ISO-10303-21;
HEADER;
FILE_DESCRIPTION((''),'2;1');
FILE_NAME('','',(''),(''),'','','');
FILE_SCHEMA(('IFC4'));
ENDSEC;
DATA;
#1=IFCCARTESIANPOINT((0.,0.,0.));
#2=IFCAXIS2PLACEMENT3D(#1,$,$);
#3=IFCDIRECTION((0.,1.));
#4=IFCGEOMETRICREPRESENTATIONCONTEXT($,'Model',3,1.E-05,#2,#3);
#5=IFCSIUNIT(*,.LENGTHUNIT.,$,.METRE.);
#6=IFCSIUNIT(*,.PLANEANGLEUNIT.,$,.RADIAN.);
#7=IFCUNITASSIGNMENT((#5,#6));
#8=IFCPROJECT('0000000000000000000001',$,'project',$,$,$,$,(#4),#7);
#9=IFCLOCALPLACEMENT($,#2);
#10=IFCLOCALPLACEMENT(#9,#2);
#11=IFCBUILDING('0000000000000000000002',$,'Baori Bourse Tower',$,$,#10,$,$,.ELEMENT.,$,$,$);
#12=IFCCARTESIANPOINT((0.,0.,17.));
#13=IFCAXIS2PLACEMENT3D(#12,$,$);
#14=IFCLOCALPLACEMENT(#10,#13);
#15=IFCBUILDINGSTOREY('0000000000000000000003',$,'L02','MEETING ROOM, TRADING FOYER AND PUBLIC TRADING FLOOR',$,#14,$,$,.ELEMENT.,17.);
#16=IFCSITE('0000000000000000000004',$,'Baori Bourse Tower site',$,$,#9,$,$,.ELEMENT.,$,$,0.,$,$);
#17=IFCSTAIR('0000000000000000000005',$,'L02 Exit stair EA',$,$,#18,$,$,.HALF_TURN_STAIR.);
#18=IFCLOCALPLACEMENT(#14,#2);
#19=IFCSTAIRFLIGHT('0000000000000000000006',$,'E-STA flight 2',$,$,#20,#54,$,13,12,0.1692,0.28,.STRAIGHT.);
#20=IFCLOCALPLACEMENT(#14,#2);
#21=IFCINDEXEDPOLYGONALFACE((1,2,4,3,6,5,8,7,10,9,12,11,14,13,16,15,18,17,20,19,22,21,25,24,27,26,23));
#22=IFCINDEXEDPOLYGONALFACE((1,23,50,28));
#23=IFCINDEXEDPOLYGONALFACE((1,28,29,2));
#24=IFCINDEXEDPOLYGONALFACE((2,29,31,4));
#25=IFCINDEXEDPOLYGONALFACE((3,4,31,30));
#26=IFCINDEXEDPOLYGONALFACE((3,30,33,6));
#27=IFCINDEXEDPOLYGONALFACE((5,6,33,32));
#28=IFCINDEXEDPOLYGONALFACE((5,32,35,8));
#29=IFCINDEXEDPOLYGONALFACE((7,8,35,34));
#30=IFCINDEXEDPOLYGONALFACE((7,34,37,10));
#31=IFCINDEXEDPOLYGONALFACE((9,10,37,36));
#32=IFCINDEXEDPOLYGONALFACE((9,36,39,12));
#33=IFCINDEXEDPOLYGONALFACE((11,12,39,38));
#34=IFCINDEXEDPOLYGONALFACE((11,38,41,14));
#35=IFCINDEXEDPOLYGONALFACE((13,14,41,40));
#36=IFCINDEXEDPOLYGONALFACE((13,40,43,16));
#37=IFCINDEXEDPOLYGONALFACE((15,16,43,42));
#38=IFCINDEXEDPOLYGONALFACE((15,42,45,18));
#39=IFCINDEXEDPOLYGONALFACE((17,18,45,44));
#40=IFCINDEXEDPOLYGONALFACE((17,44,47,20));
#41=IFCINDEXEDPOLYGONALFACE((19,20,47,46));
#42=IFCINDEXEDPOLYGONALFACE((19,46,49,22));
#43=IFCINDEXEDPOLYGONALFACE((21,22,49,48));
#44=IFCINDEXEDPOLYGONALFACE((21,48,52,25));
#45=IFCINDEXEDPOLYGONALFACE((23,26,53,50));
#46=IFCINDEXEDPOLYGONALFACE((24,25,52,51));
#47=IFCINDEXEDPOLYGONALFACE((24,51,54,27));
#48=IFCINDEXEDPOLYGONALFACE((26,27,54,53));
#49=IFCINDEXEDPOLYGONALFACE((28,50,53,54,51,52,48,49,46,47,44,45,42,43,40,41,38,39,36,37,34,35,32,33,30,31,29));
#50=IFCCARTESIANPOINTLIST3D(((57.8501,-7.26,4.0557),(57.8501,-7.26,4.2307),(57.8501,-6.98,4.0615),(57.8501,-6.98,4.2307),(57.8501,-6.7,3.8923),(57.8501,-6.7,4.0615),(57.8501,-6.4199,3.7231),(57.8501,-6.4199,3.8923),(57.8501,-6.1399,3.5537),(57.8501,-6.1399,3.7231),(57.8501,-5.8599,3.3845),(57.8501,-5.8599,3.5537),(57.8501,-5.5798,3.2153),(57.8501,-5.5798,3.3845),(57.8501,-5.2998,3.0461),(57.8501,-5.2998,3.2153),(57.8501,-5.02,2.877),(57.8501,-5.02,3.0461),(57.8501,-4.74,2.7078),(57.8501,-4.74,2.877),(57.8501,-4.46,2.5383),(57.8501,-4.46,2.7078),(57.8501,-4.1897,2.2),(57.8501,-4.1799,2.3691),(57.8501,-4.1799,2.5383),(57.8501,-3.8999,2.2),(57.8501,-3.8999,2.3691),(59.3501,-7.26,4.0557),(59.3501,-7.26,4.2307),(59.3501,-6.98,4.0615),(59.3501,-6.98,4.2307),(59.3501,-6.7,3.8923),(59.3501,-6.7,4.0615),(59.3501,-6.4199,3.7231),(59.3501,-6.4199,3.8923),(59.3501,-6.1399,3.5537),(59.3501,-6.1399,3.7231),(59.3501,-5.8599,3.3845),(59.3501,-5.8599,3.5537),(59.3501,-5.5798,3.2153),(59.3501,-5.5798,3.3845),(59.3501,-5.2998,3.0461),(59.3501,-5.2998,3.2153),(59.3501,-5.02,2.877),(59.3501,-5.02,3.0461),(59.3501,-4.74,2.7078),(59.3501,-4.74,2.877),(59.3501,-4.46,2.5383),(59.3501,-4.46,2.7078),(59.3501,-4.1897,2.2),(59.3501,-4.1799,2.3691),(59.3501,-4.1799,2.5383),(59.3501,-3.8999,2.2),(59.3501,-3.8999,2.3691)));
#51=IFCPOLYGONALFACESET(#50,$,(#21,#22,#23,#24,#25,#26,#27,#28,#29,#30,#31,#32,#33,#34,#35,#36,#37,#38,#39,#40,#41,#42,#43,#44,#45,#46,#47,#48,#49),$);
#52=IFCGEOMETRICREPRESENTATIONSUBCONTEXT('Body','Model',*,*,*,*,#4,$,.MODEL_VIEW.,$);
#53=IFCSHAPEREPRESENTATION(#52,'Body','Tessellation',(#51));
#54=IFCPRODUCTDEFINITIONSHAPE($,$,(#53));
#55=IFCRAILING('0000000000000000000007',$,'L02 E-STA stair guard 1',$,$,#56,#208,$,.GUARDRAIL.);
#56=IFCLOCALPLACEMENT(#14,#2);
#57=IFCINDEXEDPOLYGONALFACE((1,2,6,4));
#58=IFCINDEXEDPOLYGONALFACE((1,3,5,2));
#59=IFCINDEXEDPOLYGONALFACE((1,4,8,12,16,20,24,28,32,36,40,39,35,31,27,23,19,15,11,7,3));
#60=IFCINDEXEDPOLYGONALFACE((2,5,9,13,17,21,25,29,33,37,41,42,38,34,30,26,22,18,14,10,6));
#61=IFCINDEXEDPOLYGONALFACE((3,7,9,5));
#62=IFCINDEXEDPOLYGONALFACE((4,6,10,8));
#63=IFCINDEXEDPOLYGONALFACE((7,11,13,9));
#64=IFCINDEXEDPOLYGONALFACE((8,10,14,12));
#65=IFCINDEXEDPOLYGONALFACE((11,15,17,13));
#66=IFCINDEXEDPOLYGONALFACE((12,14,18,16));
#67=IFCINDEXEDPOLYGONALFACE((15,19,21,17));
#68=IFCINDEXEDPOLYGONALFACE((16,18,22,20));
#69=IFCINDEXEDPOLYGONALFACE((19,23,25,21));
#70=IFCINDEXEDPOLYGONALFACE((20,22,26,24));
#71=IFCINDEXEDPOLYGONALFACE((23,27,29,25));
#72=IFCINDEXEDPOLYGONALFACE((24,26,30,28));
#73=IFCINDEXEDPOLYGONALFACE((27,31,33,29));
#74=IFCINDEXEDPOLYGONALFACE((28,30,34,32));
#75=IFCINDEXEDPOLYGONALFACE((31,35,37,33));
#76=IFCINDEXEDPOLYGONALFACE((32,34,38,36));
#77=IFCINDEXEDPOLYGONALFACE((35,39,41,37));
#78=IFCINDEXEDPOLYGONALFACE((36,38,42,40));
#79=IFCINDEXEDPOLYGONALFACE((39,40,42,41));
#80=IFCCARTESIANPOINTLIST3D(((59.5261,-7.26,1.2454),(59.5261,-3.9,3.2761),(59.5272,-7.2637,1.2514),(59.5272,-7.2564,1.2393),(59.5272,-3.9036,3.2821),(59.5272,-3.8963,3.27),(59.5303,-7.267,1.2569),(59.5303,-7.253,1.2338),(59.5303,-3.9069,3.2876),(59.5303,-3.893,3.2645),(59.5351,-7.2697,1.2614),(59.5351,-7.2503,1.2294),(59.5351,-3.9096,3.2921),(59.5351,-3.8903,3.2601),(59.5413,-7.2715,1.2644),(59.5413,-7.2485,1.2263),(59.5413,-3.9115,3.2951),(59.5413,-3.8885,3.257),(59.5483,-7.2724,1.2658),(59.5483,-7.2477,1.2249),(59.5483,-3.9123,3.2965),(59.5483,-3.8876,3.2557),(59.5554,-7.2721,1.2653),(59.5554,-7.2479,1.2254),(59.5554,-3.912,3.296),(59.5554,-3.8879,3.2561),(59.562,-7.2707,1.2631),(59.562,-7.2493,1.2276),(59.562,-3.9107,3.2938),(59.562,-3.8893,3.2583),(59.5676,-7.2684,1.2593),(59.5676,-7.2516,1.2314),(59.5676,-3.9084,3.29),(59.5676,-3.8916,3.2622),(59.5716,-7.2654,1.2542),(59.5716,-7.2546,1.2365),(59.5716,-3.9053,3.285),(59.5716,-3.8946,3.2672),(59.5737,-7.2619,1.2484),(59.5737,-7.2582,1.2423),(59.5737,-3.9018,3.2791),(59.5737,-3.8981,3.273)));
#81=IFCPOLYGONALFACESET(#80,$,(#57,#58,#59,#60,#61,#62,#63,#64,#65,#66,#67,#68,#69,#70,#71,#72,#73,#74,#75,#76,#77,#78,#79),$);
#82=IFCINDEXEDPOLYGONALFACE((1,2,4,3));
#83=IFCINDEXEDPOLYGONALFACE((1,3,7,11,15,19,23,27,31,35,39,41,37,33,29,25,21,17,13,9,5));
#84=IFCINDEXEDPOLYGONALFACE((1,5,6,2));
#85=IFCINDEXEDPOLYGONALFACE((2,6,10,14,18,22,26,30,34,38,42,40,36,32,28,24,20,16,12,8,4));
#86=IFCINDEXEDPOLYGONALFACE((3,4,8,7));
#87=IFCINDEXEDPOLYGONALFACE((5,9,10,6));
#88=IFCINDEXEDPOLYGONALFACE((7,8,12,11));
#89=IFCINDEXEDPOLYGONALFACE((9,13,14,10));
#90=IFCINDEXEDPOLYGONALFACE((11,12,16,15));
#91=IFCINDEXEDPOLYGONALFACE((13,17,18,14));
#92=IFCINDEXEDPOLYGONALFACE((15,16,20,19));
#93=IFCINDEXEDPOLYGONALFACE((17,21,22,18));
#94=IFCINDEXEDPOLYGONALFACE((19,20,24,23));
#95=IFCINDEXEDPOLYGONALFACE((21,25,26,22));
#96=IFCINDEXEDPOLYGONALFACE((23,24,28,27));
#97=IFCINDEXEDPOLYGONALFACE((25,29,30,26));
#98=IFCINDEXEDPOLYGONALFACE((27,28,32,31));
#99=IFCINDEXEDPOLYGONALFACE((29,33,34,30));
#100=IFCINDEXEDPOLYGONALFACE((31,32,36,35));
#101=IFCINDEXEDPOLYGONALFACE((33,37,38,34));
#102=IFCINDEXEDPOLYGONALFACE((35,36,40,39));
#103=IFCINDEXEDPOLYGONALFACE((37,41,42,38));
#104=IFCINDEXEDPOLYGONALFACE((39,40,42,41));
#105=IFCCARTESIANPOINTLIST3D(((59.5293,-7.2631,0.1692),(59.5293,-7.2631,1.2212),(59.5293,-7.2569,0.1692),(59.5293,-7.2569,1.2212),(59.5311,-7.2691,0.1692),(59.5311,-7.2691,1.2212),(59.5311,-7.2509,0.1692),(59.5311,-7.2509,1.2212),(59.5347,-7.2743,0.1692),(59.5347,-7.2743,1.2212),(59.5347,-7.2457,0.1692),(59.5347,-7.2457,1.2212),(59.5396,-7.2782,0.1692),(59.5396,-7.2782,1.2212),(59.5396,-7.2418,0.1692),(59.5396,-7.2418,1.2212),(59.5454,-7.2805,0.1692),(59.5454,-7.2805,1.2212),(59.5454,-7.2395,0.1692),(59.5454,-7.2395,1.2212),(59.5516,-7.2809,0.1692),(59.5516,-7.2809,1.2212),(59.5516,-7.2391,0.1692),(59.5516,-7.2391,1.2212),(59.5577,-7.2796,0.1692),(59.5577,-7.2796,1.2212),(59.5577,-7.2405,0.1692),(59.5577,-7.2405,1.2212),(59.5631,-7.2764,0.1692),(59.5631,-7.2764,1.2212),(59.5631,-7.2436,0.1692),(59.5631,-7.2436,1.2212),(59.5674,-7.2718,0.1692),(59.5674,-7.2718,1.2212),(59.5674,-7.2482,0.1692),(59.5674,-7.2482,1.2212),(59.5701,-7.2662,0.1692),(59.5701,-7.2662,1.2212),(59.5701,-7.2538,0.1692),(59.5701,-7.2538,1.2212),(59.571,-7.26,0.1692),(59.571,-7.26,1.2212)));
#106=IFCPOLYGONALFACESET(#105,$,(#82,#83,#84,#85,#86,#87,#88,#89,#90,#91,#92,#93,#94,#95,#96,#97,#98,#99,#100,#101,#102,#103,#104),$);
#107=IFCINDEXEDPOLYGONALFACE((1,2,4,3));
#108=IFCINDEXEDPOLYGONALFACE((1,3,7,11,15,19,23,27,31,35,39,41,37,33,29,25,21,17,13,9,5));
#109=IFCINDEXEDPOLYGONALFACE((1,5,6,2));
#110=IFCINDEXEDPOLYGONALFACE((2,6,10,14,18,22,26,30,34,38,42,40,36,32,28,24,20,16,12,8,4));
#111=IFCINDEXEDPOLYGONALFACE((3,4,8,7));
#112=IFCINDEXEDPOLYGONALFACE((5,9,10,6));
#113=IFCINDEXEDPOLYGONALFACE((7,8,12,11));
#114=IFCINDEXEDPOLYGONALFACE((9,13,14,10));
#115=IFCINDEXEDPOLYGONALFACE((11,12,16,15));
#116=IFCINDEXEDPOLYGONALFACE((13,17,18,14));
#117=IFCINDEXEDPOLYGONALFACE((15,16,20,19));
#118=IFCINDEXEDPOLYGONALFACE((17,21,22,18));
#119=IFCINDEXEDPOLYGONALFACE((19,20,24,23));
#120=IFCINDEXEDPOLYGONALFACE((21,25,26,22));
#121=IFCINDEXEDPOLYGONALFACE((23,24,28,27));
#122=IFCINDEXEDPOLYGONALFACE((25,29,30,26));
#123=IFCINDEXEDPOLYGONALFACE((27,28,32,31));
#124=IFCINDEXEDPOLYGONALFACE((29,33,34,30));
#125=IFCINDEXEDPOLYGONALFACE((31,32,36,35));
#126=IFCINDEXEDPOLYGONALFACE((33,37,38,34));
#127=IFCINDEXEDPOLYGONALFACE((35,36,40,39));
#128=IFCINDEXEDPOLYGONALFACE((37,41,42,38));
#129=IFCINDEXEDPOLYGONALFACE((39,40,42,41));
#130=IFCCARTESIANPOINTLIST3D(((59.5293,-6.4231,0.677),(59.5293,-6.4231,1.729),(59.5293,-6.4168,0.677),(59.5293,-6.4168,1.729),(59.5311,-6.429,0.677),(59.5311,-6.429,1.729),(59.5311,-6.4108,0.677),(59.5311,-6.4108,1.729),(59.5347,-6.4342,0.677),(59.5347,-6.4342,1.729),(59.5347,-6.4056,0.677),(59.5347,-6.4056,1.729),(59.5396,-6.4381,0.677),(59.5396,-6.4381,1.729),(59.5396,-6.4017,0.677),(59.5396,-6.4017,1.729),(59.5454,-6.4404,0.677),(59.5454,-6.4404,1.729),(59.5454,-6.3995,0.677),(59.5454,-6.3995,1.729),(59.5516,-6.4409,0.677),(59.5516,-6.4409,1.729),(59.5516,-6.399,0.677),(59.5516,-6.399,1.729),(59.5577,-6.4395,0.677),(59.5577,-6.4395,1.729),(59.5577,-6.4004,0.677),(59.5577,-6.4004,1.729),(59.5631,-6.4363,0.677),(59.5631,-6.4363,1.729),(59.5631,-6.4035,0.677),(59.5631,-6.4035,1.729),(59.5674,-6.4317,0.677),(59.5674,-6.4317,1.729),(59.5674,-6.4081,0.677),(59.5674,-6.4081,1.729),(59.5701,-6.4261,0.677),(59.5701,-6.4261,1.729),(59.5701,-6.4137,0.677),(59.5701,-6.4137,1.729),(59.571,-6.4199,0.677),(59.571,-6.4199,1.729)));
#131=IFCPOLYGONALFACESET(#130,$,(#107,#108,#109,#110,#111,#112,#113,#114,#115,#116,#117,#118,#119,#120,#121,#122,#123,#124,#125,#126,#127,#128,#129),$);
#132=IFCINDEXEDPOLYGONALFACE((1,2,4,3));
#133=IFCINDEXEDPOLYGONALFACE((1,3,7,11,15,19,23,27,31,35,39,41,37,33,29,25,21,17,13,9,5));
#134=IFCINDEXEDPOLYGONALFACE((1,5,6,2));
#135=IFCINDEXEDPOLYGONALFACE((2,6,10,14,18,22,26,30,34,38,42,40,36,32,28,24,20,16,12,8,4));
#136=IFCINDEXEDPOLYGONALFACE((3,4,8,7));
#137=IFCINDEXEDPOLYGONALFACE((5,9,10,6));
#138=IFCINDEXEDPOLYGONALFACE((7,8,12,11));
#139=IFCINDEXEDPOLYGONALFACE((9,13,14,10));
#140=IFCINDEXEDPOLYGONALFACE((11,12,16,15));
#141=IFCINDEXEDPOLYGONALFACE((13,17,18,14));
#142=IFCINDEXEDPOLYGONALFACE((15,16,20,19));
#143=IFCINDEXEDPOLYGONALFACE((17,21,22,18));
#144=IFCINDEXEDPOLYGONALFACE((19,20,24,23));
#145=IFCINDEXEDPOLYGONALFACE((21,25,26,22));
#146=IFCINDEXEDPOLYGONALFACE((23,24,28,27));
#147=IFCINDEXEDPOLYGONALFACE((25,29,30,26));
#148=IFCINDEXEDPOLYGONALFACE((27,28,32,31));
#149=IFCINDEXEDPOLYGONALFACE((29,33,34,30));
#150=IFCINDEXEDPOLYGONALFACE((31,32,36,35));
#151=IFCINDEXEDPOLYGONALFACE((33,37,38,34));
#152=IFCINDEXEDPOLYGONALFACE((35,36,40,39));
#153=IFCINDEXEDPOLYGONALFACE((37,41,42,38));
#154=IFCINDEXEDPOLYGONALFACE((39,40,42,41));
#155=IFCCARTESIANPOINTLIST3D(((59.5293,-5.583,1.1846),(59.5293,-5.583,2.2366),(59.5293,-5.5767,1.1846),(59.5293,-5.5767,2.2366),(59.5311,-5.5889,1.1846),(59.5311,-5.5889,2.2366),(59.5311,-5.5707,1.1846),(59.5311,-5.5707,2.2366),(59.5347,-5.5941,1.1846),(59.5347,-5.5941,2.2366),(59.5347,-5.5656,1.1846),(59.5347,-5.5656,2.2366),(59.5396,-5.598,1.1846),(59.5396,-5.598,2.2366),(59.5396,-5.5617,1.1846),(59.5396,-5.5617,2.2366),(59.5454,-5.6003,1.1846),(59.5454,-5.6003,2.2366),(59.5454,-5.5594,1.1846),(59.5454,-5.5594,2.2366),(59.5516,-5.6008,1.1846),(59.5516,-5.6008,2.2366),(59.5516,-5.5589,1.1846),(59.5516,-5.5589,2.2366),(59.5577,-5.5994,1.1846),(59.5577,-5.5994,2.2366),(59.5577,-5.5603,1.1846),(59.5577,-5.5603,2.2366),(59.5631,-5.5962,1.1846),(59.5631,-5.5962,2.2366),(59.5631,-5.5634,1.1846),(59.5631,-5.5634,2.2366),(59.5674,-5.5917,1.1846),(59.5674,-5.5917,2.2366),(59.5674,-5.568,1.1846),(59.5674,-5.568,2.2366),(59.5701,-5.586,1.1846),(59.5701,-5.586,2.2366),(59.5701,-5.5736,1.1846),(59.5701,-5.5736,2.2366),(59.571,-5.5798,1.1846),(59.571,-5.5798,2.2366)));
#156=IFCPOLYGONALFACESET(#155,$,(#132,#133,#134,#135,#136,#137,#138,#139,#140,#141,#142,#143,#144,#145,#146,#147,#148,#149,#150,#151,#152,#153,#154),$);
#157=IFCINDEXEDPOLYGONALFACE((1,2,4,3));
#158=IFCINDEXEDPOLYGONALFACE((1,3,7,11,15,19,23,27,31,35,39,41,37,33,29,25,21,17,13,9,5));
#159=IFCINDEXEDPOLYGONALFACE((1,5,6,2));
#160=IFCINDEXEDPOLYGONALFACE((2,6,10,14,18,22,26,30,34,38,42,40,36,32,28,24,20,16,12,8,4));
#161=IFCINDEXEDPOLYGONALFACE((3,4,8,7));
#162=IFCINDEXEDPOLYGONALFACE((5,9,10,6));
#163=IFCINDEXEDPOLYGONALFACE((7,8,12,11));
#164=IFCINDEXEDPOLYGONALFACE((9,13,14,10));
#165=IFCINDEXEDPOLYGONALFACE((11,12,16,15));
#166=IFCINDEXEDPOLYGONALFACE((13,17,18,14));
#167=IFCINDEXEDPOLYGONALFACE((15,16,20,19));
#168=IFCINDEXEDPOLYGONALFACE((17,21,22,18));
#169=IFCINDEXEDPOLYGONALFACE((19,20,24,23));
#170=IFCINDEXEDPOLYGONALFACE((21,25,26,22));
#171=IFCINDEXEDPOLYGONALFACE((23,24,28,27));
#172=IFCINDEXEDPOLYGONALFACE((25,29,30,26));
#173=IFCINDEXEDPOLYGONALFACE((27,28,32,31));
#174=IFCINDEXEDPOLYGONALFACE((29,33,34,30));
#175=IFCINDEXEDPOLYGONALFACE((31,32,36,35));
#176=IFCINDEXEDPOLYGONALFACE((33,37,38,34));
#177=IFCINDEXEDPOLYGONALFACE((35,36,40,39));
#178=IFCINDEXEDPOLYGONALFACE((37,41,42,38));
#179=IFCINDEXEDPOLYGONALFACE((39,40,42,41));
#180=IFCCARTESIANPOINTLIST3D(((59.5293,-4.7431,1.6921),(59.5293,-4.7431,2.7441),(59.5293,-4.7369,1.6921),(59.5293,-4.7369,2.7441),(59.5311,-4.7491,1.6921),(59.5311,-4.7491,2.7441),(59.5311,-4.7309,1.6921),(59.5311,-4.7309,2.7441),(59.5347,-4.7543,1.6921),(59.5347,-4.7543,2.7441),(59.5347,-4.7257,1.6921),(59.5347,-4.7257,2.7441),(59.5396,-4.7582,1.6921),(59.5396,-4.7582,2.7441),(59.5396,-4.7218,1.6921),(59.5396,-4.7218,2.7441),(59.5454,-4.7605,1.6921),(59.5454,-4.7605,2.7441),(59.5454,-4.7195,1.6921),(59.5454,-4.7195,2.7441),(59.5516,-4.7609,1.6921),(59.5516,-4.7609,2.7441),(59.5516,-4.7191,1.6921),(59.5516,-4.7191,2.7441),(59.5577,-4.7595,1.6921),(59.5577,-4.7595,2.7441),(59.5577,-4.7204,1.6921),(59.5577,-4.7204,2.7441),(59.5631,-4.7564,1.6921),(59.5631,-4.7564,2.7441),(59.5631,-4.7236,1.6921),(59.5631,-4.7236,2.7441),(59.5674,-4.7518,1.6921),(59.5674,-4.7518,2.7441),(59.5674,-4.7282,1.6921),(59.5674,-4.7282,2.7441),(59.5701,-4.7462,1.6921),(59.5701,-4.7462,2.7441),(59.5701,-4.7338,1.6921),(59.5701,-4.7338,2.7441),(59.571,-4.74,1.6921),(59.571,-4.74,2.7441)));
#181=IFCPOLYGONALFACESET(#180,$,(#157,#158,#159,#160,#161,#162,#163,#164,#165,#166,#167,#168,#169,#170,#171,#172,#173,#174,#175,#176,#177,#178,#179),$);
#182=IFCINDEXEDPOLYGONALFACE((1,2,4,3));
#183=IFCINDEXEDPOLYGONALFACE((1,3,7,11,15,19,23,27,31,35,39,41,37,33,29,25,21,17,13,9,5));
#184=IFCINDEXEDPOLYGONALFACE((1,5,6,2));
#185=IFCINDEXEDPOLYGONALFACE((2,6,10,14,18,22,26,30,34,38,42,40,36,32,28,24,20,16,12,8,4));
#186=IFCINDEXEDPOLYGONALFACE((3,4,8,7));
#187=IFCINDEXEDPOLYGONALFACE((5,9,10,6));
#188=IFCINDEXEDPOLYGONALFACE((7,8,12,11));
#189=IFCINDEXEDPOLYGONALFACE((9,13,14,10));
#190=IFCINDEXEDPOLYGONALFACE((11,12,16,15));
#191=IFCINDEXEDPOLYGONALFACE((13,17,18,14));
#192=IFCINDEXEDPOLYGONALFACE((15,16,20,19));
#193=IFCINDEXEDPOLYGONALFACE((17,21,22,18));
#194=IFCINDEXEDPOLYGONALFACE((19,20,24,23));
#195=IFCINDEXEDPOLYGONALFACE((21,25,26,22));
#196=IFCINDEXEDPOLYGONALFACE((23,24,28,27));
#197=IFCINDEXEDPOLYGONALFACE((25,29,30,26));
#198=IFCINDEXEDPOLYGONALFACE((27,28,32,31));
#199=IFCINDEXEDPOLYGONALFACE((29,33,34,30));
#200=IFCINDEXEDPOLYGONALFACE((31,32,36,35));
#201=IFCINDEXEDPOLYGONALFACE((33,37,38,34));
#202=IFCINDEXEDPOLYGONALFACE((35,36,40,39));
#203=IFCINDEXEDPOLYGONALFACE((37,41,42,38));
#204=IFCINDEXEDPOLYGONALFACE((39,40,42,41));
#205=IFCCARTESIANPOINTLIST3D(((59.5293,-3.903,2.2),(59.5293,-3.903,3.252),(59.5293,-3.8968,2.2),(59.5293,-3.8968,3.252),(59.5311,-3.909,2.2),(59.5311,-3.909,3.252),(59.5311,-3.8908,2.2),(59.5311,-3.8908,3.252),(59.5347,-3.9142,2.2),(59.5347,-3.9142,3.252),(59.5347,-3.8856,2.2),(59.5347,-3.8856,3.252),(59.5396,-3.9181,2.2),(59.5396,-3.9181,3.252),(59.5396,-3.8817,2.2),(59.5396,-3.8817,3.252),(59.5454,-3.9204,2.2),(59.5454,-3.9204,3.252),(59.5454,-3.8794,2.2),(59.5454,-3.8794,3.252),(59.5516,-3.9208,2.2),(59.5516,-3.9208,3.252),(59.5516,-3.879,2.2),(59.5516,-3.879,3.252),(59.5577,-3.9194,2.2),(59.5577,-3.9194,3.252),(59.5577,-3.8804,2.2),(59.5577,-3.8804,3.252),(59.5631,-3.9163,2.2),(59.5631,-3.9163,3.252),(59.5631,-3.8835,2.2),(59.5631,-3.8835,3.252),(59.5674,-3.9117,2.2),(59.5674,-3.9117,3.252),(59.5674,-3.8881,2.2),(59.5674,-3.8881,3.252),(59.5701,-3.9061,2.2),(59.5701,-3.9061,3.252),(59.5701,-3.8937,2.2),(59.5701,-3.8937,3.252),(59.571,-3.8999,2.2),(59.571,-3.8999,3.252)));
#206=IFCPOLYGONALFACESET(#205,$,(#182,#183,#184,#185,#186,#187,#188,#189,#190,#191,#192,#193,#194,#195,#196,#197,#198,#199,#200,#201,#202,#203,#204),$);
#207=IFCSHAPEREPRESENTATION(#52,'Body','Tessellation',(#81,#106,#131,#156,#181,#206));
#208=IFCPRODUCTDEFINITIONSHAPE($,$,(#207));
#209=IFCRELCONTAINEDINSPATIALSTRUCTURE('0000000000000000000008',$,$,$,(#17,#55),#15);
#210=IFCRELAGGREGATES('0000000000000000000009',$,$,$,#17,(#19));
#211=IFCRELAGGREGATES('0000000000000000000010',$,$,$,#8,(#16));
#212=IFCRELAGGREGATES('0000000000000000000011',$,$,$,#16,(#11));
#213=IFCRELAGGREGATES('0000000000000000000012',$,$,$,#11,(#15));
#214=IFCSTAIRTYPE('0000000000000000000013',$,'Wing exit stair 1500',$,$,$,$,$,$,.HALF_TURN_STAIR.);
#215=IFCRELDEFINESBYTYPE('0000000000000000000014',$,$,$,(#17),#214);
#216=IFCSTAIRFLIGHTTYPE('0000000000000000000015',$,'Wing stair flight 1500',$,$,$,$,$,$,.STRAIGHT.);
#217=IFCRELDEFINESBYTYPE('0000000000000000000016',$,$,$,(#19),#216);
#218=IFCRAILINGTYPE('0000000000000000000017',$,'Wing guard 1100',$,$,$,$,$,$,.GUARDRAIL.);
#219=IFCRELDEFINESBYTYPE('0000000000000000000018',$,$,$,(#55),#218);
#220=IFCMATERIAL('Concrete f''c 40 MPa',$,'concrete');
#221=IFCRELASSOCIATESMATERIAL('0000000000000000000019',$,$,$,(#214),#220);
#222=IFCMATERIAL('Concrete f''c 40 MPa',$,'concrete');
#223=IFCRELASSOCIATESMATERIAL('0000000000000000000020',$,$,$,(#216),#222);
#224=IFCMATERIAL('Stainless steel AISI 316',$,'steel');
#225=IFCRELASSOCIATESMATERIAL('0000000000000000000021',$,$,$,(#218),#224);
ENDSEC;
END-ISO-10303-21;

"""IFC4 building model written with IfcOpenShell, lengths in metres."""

from ifc_helpers import new_model, si_unit, direction, frame, origin, origin_2d, place, context, subcontext, project, spatial, polyline, circle, outline, extrude, material, type_object, element, aggregate, save


model = new_model("IFC4")

# Units and contexts
model_context = context("Model", 3, precision=1e-05, world=origin(), true_north=direction((0.0, 1.0)))
body_context = subcontext(model_context, "Body", "Model", "MODEL_VIEW")
ifc_project = project(units=[si_unit("LENGTHUNIT", "METRE"), si_unit("PLANEANGLEUNIT", "RADIAN")], contexts=[model_context])

# Site, building, storey
site_placement = place(None, origin())
site = spatial("IfcSite", under=ifc_project, at=site_placement, Name="Baori Bourse Tower site", CompositionType="ELEMENT", RefElevation=0.0)
building_placement = place(site_placement, origin())
building = spatial("IfcBuilding", under=site, at=building_placement, Name="Baori Bourse Tower", CompositionType="ELEMENT")
storey_placement = place(building_placement, frame((0.0, 0.0, 17.0)))
storey = spatial("IfcBuildingStorey", under=building, at=storey_placement, Name="L02", Description="MEETING ROOM, TRADING FOYER AND PUBLIC TRADING FLOOR", CompositionType="ELEMENT", Elevation=17.0)

# Stair, stair flight
ifc_material_1 = material(Name="Concrete f'c 40 MPa", Category="concrete")
stair_type = type_object("IfcStairType", Name="Wing exit stair 1500", PredefinedType="HALF_TURN_STAIR", material=ifc_material_1)
stair_placement = place(storey_placement, origin())
stair = element("IfcStair", 1, at=stair_placement, inside=storey, type_object=stair_type, Name="L02 Exit stair EA", PredefinedType="HALF_TURN_STAIR")
ifc_material_2 = material(Name="Concrete f'c 40 MPa", Category="concrete")
stair_flight_type = type_object("IfcStairFlightType", Name="Wing stair flight 1500", PredefinedType="STRAIGHT", material=ifc_material_2)
stair_flight_1_placement = place(storey_placement, frame((58.6001, -3.8999, 2.2), z_axis=(0.0, 0.0, 1.0), x_axis=(0.0, -1.0, 0.0)))
stair_flight_1 = element("IfcStairFlight", 2, at=stair_flight_1_placement, type_object=stair_flight_type, Name="E-STA flight 2", NumberOfRisers=13, NumberOfTreads=12, PredefinedType="STRAIGHT", RiserHeight=0.1692, TreadLength=0.28, context=body_context, shape_type="SweptSolid", body=[
    extrude(outline(polyline([(0.0, 0.0), (0.0, 0.1692), (0.28, 0.1692), (0.28, 0.3384), (0.5601, 0.3384), (0.5601, 0.5078), (0.8401, 0.5078), (0.8401, 0.677), (1.1201, 0.677), (1.1201, 0.8462), (1.3999, 0.8462), (1.3999, 1.0154), (1.6799, 1.0154), (1.6799, 1.1846), (1.96, 1.1846), (1.96, 1.3538), (2.24, 1.3538), (2.24, 1.5232), (2.52, 1.5232), (2.52, 1.6924), (2.8, 1.6924), (2.8, 1.8616), (3.0801, 1.8616), (3.0801, 2.0308), (3.3601, 2.0308), (3.3601, 2.2), (3.3601, 1.8557), (0.2898, 0.0), (0.0, 0.0)])), frame((0.0, 0.75, 0.0), z_axis=(0.0, -1.0, 0.0), x_axis=(1.0, 0.0, 0.0)), (0.0, 0.0, 1.0), 1.5),
])
aggregate(stair, [stair_flight_1])

# Railing
ifc_material_3 = material(Name="Stainless steel AISI 316", Category="steel")
railing_type_1 = type_object("IfcRailingType", Name="Wing guard 1100", PredefinedType="GUARDRAIL", material=ifc_material_3)
railing_1_placement = place(storey_placement, frame((59.55, -7.26, 0.1692)))
element("IfcRailing", 3, at=railing_1_placement, inside=storey, type_object=railing_type_1, Name="L02 E-STA stair guard 1", PredefinedType="GUARDRAIL", context=body_context, shape_type="SweptSolid", body=[
    extrude(circle(Radius=0.0239, at=origin_2d()), frame((0.0, 0.0, 1.0762), z_axis=(0.0, 0.855837, 0.517246), x_axis=(-1.0, 0.0, 0.0)), (0.0, 0.0, 1.0), 3.926),
    extrude(circle(Radius=0.021, at=origin_2d()), origin(), (0.0, 0.0, 1.0), 1.052),
    extrude(circle(Radius=0.021, at=origin_2d()), frame((0.0, 0.8401, 0.5078)), (0.0, 0.0, 1.0), 1.052),
    extrude(circle(Radius=0.021, at=origin_2d()), frame((0.0, 1.6802, 1.0154)), (0.0, 0.0, 1.0), 1.052),
    extrude(circle(Radius=0.021, at=origin_2d()), frame((0.0, 2.52, 1.5229)), (0.0, 0.0, 1.0), 1.052),
    extrude(circle(Radius=0.021, at=origin_2d()), frame((0.0, 3.3601, 2.0308)), (0.0, 0.0, 1.0), 1.052),
])

save(model, "model.ifc")
